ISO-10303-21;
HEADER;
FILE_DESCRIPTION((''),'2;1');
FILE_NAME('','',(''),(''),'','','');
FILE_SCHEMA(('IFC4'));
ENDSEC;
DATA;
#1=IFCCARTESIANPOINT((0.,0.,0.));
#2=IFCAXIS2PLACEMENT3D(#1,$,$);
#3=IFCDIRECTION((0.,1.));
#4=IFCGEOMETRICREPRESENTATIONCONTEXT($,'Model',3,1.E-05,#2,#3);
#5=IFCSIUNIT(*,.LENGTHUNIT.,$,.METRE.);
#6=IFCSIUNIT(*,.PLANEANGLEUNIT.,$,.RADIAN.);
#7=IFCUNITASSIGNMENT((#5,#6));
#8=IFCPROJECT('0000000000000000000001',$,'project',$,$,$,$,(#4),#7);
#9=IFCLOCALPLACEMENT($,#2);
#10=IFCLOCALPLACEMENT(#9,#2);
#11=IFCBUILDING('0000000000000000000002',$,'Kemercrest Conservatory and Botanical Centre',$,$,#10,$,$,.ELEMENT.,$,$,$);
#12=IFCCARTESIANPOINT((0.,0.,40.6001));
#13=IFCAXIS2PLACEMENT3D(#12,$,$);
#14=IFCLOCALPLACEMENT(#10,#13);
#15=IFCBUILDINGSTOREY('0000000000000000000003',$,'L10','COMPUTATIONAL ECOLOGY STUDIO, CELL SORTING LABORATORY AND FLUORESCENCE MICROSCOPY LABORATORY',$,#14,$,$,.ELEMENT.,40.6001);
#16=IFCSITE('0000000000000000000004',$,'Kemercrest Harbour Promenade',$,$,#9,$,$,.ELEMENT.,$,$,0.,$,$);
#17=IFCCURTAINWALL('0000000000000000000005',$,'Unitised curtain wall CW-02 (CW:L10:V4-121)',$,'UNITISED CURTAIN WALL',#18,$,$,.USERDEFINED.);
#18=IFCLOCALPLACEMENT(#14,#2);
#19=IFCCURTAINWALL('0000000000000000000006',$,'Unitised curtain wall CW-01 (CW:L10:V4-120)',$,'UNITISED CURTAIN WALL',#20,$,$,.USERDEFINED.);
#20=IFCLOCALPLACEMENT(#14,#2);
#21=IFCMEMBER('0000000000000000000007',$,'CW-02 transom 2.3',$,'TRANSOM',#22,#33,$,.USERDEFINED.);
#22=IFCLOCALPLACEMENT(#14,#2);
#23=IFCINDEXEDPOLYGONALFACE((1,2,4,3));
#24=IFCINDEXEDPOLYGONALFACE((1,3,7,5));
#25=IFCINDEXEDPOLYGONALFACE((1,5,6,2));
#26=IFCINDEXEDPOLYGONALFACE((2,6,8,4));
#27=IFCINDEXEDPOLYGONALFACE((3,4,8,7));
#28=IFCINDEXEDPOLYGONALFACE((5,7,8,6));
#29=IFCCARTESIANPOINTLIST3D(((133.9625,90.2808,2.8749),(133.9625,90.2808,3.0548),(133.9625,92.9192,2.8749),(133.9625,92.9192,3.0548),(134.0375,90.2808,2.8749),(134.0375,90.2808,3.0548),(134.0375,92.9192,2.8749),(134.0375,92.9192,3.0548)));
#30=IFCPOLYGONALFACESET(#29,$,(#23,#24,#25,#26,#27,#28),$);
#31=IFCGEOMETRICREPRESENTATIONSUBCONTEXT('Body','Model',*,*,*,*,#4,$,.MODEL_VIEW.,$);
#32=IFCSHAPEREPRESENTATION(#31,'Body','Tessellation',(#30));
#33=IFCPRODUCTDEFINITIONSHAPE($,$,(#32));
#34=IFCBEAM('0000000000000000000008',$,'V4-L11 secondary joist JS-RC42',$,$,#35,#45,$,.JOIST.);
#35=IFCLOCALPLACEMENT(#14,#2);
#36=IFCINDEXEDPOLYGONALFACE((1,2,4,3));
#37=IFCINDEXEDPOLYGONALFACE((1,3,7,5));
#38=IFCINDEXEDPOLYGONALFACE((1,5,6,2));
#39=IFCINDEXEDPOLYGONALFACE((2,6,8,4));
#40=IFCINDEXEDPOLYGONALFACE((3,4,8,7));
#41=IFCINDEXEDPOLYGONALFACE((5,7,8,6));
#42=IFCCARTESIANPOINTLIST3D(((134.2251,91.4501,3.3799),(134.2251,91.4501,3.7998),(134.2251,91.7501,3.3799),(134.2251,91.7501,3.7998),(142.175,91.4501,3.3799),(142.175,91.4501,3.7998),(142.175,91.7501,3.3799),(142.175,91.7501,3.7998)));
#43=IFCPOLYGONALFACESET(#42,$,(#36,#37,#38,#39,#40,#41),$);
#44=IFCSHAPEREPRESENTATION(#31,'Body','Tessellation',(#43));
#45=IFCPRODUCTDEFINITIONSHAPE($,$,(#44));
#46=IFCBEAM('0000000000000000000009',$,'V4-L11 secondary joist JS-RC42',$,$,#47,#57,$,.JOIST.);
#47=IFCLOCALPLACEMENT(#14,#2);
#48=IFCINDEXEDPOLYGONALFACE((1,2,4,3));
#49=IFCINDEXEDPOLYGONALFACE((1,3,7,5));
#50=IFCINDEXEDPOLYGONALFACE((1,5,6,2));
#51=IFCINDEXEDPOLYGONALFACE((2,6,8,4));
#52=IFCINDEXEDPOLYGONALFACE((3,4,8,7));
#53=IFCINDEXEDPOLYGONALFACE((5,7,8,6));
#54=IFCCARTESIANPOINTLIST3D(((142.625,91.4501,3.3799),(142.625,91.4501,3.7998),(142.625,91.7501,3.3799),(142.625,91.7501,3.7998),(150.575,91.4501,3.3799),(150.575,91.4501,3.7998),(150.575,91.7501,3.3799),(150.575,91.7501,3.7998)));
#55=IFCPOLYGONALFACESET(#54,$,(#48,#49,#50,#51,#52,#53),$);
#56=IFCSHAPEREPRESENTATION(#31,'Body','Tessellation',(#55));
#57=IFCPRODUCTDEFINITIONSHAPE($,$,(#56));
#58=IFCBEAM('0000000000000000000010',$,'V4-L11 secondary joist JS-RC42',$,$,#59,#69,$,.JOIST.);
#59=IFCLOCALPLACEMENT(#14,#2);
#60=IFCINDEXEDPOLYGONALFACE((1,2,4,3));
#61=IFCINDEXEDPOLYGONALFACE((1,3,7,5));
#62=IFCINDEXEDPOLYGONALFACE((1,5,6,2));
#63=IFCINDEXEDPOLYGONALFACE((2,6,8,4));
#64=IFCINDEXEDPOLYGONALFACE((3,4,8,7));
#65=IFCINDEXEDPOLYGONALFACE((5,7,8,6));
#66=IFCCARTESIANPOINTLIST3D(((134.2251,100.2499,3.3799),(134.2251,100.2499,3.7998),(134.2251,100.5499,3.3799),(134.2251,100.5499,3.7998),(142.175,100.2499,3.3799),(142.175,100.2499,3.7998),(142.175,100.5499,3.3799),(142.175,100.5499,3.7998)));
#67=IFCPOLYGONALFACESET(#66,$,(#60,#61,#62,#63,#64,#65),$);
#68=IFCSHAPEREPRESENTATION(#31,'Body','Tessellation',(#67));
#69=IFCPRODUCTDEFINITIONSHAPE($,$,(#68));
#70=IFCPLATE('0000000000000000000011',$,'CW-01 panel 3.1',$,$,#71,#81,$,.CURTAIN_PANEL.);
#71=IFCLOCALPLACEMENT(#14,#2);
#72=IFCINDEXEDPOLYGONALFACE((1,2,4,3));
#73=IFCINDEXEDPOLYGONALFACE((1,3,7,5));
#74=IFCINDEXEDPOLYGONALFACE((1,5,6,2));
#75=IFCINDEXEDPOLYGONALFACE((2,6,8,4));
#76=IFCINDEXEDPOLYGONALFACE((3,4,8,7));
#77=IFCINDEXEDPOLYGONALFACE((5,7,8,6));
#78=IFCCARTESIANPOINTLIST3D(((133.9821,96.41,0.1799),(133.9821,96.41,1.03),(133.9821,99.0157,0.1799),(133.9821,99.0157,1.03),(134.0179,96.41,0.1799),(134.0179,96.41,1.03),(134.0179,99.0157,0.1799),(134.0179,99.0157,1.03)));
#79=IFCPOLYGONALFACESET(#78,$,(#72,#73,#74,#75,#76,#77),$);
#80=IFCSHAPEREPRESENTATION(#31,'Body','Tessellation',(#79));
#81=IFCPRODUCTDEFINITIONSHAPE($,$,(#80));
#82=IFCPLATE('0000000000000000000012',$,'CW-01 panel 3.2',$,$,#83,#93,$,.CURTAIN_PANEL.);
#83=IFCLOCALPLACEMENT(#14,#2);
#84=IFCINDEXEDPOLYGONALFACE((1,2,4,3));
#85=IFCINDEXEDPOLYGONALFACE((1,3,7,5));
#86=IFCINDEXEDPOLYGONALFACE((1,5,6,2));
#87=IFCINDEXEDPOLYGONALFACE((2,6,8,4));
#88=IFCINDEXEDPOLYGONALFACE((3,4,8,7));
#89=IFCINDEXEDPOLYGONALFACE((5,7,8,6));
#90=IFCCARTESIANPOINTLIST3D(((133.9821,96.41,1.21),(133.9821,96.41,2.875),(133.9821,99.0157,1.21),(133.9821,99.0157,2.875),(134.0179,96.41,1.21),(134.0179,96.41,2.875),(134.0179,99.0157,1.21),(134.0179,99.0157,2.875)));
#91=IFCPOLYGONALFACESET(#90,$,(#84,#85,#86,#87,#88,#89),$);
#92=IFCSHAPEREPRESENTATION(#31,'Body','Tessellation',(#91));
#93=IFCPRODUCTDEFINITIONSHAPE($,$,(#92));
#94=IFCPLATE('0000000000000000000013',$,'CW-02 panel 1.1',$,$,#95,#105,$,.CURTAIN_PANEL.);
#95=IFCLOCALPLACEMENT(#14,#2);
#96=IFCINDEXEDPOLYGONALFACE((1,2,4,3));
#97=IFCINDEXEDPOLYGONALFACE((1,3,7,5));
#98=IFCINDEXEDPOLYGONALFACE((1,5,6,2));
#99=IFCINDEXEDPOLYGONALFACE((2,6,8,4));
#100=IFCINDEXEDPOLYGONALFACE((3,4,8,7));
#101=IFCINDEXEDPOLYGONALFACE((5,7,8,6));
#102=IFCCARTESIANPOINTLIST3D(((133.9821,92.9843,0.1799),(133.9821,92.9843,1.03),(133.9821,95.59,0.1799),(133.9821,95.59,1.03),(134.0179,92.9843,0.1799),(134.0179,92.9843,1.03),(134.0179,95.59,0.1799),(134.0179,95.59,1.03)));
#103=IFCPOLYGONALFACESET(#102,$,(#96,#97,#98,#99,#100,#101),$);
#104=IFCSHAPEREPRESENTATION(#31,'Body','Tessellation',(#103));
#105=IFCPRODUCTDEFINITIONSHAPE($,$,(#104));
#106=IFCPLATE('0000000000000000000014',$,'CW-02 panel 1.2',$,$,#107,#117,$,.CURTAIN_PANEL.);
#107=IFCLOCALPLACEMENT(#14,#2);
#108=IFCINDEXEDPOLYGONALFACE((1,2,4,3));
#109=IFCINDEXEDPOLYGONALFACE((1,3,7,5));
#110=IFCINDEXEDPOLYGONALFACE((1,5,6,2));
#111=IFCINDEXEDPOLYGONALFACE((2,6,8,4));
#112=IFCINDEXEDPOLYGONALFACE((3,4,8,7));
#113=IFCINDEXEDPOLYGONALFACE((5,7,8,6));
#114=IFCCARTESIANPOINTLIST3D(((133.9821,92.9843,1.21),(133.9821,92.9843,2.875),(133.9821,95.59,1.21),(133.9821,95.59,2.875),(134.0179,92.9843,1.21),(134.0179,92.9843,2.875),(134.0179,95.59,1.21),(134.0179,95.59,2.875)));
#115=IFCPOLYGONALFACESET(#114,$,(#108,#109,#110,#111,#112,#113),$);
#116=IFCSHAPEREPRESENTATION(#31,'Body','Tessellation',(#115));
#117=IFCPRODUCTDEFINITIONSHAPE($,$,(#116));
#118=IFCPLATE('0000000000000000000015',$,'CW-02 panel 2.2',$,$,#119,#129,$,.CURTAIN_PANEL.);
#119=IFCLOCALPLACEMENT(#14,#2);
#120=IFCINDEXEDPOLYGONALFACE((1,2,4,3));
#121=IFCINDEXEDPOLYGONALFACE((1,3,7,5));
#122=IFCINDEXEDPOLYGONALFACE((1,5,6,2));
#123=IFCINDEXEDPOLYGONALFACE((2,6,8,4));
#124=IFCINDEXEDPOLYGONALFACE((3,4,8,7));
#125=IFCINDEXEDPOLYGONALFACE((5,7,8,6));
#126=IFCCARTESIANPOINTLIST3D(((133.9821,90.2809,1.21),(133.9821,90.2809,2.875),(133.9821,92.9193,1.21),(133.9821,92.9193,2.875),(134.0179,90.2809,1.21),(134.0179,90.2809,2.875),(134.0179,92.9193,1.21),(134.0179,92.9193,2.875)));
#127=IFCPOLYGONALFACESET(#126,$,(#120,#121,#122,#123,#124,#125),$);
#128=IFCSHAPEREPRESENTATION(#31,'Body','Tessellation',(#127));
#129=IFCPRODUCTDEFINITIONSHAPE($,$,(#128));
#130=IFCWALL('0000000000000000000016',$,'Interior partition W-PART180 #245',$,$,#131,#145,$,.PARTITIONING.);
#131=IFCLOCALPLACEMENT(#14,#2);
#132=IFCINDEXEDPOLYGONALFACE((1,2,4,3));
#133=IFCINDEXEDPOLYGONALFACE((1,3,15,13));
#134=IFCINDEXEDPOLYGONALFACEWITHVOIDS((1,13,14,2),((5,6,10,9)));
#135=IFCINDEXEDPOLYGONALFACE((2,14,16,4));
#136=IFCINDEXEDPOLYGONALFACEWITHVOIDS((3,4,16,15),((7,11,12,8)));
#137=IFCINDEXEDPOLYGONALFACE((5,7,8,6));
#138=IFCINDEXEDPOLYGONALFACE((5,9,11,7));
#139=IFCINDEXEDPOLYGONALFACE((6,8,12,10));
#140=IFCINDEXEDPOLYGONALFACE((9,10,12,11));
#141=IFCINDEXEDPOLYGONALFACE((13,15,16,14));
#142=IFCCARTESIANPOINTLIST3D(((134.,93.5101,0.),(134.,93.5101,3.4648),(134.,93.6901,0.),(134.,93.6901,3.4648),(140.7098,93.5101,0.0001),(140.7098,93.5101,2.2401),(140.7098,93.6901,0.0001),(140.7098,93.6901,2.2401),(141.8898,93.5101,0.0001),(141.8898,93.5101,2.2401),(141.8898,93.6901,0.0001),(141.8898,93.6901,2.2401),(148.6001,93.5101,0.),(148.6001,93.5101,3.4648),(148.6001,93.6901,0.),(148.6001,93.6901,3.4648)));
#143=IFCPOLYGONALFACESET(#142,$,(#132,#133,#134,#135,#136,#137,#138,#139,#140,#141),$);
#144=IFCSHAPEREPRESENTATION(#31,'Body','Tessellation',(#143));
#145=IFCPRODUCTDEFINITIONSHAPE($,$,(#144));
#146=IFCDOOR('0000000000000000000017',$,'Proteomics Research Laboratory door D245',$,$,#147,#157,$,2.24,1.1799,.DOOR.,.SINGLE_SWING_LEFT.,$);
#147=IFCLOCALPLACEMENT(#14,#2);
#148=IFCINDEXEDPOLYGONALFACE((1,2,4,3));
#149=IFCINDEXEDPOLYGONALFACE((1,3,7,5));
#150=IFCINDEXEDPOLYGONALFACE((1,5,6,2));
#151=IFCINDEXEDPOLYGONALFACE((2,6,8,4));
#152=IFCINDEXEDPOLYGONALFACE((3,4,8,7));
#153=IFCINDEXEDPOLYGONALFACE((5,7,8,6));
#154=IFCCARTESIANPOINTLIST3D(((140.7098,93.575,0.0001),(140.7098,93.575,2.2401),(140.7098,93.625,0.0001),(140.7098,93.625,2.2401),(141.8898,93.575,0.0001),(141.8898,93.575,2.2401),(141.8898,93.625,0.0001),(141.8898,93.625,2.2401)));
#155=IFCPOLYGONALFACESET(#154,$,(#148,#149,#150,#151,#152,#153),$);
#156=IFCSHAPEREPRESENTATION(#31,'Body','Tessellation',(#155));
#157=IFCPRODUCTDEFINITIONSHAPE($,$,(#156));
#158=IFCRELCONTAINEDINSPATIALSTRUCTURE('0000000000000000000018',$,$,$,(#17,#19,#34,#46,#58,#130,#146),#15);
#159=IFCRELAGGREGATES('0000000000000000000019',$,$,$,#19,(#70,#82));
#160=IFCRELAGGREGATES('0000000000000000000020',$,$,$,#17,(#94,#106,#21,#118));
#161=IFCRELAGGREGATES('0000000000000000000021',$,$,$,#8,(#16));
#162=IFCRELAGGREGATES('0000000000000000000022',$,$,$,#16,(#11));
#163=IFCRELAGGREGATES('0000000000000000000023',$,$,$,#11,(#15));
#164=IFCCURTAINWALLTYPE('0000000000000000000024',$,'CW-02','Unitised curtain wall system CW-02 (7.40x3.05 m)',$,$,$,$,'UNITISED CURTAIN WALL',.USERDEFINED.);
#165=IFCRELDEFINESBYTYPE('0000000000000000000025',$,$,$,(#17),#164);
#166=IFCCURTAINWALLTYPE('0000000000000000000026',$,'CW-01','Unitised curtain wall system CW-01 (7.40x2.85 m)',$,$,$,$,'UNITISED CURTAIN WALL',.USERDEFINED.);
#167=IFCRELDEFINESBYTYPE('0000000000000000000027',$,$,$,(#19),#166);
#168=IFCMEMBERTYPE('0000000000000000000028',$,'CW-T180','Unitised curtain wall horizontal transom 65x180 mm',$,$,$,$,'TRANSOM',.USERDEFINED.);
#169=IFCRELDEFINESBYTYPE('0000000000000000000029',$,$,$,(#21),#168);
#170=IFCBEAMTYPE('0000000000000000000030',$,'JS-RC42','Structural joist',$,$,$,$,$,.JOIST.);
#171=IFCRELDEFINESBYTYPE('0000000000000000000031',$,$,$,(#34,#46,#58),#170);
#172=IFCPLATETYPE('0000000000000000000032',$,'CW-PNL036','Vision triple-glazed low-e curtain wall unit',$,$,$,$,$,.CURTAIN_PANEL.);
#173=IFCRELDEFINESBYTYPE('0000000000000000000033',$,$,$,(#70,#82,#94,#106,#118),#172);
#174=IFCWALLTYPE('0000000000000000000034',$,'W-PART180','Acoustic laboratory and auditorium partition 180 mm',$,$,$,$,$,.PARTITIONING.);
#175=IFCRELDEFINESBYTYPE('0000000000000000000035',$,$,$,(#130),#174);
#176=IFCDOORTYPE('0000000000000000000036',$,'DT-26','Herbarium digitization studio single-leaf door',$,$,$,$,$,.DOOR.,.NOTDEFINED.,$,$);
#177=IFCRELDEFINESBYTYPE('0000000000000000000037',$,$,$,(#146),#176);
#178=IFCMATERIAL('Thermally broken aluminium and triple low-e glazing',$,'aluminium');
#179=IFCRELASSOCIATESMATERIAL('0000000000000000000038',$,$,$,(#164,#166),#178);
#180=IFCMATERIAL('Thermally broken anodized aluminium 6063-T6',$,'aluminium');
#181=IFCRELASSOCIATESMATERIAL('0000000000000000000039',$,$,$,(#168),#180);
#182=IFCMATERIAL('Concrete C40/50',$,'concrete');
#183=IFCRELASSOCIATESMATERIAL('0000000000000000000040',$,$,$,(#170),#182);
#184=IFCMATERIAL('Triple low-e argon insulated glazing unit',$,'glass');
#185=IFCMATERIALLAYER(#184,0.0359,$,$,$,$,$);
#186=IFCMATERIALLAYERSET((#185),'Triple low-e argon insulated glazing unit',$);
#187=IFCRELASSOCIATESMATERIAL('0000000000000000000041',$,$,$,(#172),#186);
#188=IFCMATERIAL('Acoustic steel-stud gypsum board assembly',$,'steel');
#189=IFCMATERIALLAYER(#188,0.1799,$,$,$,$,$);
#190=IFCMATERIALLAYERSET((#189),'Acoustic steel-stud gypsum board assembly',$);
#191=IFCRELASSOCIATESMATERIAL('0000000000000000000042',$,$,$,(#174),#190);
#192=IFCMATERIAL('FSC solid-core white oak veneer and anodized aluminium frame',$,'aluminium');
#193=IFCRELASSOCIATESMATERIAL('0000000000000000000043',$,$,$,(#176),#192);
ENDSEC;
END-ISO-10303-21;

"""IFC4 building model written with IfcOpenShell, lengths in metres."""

from ifc_helpers import new_model, si_unit, direction, frame, frame_2d, origin, origin_2d, place, context, subcontext, project, spatial, rectangle, extrude, material, layer, layer_set, material_profile, profile_set, type_object, element, fill, aggregate, save


model = new_model("IFC4")

# Units and contexts
model_context = context("Model", 3, precision=1e-05, world=origin(), true_north=direction((0.0, 1.0)))
body_context = subcontext(model_context, "Body", "Model", "MODEL_VIEW")
ifc_project = project(units=[si_unit("LENGTHUNIT", "METRE"), si_unit("PLANEANGLEUNIT", "RADIAN")], contexts=[model_context])

# Site, building, storey
site_placement = place(None, origin())
site = spatial("IfcSite", under=ifc_project, at=site_placement, Name="Kemercrest Harbour Promenade", CompositionType="ELEMENT", RefElevation=0.0)
building_placement = place(site_placement, origin())
building = spatial("IfcBuilding", under=site, at=building_placement, Name="Kemercrest Conservatory and Botanical Centre", CompositionType="ELEMENT")
storey_placement = place(building_placement, frame((0.0, 0.0, 40.6001)))
storey = spatial("IfcBuildingStorey", under=building, at=storey_placement, Name="L10", Description="COMPUTATIONAL ECOLOGY STUDIO, CELL SORTING LABORATORY AND FLUORESCENCE MICROSCOPY LABORATORY", CompositionType="ELEMENT", Elevation=40.6001)

# Shared definitions
ifc_material_1 = material(Name="Concrete C40/50", Category="concrete")

# Curtain walls
ifc_material_2 = material(Name="Thermally broken aluminium and triple low-e glazing", Category="aluminium")
curtain_wall_type_1 = type_object("IfcCurtainWallType", Name="CW-02", Description="Unitised curtain wall system CW-02 (7.40x3.05 m)", ElementType="UNITISED CURTAIN WALL", PredefinedType="USERDEFINED", material=ifc_material_2)
curtain_wall_1_placement = place(storey_placement, origin())
curtain_wall_1 = element("IfcCurtainWall", 1, at=curtain_wall_1_placement, inside=storey, type_object=curtain_wall_type_1, Name="Unitised curtain wall CW-02 (CW:L10:V4-121)", ObjectType="UNITISED CURTAIN WALL", PredefinedType="USERDEFINED")
ifc_material_3 = material(Name="Thermally broken anodized aluminium 6063-T6", Category="aluminium")
curtain_wall_type_2 = type_object("IfcCurtainWallType", Name="CW-01", Description="Unitised curtain wall system CW-01 (7.40x2.85 m)", ElementType="UNITISED CURTAIN WALL", PredefinedType="USERDEFINED", material=ifc_material_2)
curtain_wall_2_placement = place(storey_placement, origin())
curtain_wall_2 = element("IfcCurtainWall", 2, at=curtain_wall_2_placement, inside=storey, type_object=curtain_wall_type_2, Name="Unitised curtain wall CW-01 (CW:L10:V4-120)", ObjectType="UNITISED CURTAIN WALL", PredefinedType="USERDEFINED")
ifc_material_profile_1 = material_profile(ifc_material_3, rectangle(XDim=0.075, YDim=0.1799, at=origin_2d()), Name="AL TRANSOM 75x180")
ifc_profile_set_1 = profile_set([ifc_material_profile_1], Name="Thermally broken anodized aluminium 6063-T6")
member_type_1 = type_object("IfcMemberType", Name="CW-T180", Description="Unitised curtain wall horizontal transom 65x180 mm", ElementType="TRANSOM", PredefinedType="USERDEFINED", material=ifc_profile_set_1)

# Member
member_1_placement = place(storey_placement, frame((134.0, 92.9192, 2.9648), z_axis=(0.0, -1.0, 0.0), x_axis=(1.0, 0.0, 0.0)))
member_1 = element("IfcMember", 3, at=member_1_placement, type_object=member_type_1, Name="CW-02 transom 2.3", ObjectType="TRANSOM", PredefinedType="USERDEFINED", context=body_context, shape_type="SweptSolid", body=[
    extrude(rectangle(XDim=0.075, YDim=0.1799, at=origin_2d()), origin(), (0.0, 0.0, 1.0), 2.6384),
])

# Beams
ifc_material_profile_2 = material_profile(ifc_material_1, rectangle(XDim=0.3, YDim=0.4199, at=origin_2d()), Name="RC 300x420")
ifc_profile_set_2 = profile_set([ifc_material_profile_2], Name="Concrete C40/50")
beam_type_1 = type_object("IfcBeamType", Name="JS-RC42", Description="Structural joist", PredefinedType="JOIST", material=ifc_profile_set_2)
for number, where, z_axis, x_axis, name in (
    (4, (134.2251, 91.6001, 3.5898), (1.0, 0.0, 0.0), (0.0, 1.0, 0.0), "V4-L11 secondary joist JS-RC42"),
    (5, (142.625, 91.6001, 3.5898), (1.0, 0.0, 0.0), (0.0, 1.0, 0.0), "V4-L11 secondary joist JS-RC42"),
    (6, (134.2251, 100.3999, 3.5898), (1.0, 0.0, 0.0), (0.0, 1.0, 0.0), "V4-L11 secondary joist JS-RC42"),
):
    element("IfcBeam", number, at=place(storey_placement, frame(where, z_axis=z_axis, x_axis=x_axis)), inside=storey, type_object=beam_type_1, Name=name, PredefinedType="JOIST", context=body_context, shape_type="SweptSolid", body=[
        extrude(rectangle(XDim=0.3, YDim=0.4199, at=origin_2d()), origin(), (0.0, 0.0, 1.0), 7.95),
    ])

# Plates
ifc_material_4 = material(Name="Triple low-e argon insulated glazing unit", Category="glass")
ifc_layer_1 = layer(ifc_material_4, 0.0359)
ifc_layer_set_1 = layer_set([ifc_layer_1], Name="Triple low-e argon insulated glazing unit")
plate_type = type_object("IfcPlateType", Name="CW-PNL036", Description="Vision triple-glazed low-e curtain wall unit", PredefinedType="CURTAIN_PANEL", material=ifc_layer_set_1)
plate_1_placement = place(storey_placement, frame((134.0, 97.7129, 0.1799), z_axis=(0.0, 0.0, 1.0), x_axis=(0.0, -1.0, 0.0)))
plate_1 = element("IfcPlate", 7, at=plate_1_placement, type_object=plate_type, Name="CW-01 panel 3.1", PredefinedType="CURTAIN_PANEL", context=body_context, shape_type="SweptSolid", body=[
    extrude(rectangle(XDim=2.6057, YDim=0.0359, at=origin_2d()), origin(), (0.0, 0.0, 1.0), 0.8501),
])
plate_2_placement = place(storey_placement, frame((134.0, 97.7129, 1.21), z_axis=(0.0, 0.0, 1.0), x_axis=(0.0, -1.0, 0.0)))
plate_2 = element("IfcPlate", 8, at=plate_2_placement, type_object=plate_type, Name="CW-01 panel 3.2", PredefinedType="CURTAIN_PANEL", context=body_context, shape_type="SweptSolid", body=[
    extrude(rectangle(XDim=2.6057, YDim=0.0359, at=origin_2d()), origin(), (0.0, 0.0, 1.0), 1.665),
])
aggregate(curtain_wall_2, [plate_1, plate_2])
plate_3_placement = place(storey_placement, frame((134.0, 94.2871, 0.1799), z_axis=(0.0, 0.0, 1.0), x_axis=(0.0, -1.0, 0.0)))
plate_3 = element("IfcPlate", 9, at=plate_3_placement, type_object=plate_type, Name="CW-02 panel 1.1", PredefinedType="CURTAIN_PANEL", context=body_context, shape_type="SweptSolid", body=[
    extrude(rectangle(XDim=2.6057, YDim=0.0359, at=origin_2d()), origin(), (0.0, 0.0, 1.0), 0.8501),
])
plate_4_placement = place(storey_placement, frame((134.0, 94.2871, 1.21), z_axis=(0.0, 0.0, 1.0), x_axis=(0.0, -1.0, 0.0)))
plate_4 = element("IfcPlate", 10, at=plate_4_placement, type_object=plate_type, Name="CW-02 panel 1.2", PredefinedType="CURTAIN_PANEL", context=body_context, shape_type="SweptSolid", body=[
    extrude(rectangle(XDim=2.6057, YDim=0.0359, at=origin_2d()), origin(), (0.0, 0.0, 1.0), 1.665),
])
plate_5_placement = place(storey_placement, frame((134.0, 91.6001, 1.21), z_axis=(0.0, 0.0, 1.0), x_axis=(0.0, -1.0, 0.0)))
plate_5 = element("IfcPlate", 11, at=plate_5_placement, type_object=plate_type, Name="CW-02 panel 2.2", PredefinedType="CURTAIN_PANEL", context=body_context, shape_type="SweptSolid", body=[
    extrude(rectangle(XDim=2.6384, YDim=0.0359, at=origin_2d()), origin(), (0.0, 0.0, 1.0), 1.665),
])
aggregate(curtain_wall_1, [plate_3, plate_4, member_1, plate_5])

# Wall, opening, door
ifc_material_5 = material(Name="Acoustic steel-stud gypsum board assembly", Category="steel")
ifc_layer_2 = layer(ifc_material_5, 0.1799)
ifc_layer_set_2 = layer_set([ifc_layer_2], Name="Acoustic steel-stud gypsum board assembly")
wall_type = type_object("IfcWallType", Name="W-PART180", Description="Acoustic laboratory and auditorium partition 180 mm", PredefinedType="PARTITIONING", material=ifc_layer_set_2)
wall_placement = place(storey_placement, frame((134.0, 93.6001, 0.0), z_axis=(0.0, 0.0, 1.0), x_axis=(1.0, 0.0, 0.0)))
wall = element("IfcWall", 12, at=wall_placement, inside=storey, type_object=wall_type, Name="Interior partition W-PART180 #245", PredefinedType="PARTITIONING", context=body_context, shape_type="SweptSolid", body=[
    extrude(rectangle(XDim=14.6001, YDim=0.1799, at=frame_2d((7.3, 0.0))), origin(), (0.0, 0.0, 1.0), 3.4648),
])
opening_placement = place(wall_placement, frame((6.71, 0.0, 0.0)))
opening = element("IfcOpeningElement", 13, at=opening_placement, cuts=wall, PredefinedType="OPENING", context=body_context, shape_type="SweptSolid", body=[
    extrude(rectangle(XDim=1.1799, YDim=2.24, at=frame_2d((0.5898, 1.1201))), frame((0.0, 0.1001, 0.0), z_axis=(0.0, -1.0, 0.0), x_axis=(1.0, 0.0, 0.0)), (0.0, 0.0, 1.0), 0.2),
])
ifc_material_6 = material(Name="FSC solid-core white oak veneer and anodized aluminium frame", Category="aluminium")
door_type = type_object("IfcDoorType", Name="DT-26", Description="Herbarium digitization studio single-leaf door", OperationType="NOTDEFINED", PredefinedType="DOOR", material=ifc_material_6)
door_placement = place(opening_placement, origin())
door = element("IfcDoor", 14, at=door_placement, inside=storey, type_object=door_type, Name="Proteomics Research Laboratory door D245", OperationType="SINGLE_SWING_LEFT", OverallHeight=2.24, OverallWidth=1.1799, PredefinedType="DOOR", context=body_context, shape_type="SweptSolid", body=[
    extrude(rectangle(XDim=1.1799, YDim=2.24, at=frame_2d((0.5898, 1.1201))), frame((0.0, 0.0249, 0.0), z_axis=(0.0, -1.0, 0.0), x_axis=(1.0, 0.0, 0.0)), (0.0, 0.0, 1.0), 0.05),
])
fill(opening, door)

save(model, "model.ifc")
